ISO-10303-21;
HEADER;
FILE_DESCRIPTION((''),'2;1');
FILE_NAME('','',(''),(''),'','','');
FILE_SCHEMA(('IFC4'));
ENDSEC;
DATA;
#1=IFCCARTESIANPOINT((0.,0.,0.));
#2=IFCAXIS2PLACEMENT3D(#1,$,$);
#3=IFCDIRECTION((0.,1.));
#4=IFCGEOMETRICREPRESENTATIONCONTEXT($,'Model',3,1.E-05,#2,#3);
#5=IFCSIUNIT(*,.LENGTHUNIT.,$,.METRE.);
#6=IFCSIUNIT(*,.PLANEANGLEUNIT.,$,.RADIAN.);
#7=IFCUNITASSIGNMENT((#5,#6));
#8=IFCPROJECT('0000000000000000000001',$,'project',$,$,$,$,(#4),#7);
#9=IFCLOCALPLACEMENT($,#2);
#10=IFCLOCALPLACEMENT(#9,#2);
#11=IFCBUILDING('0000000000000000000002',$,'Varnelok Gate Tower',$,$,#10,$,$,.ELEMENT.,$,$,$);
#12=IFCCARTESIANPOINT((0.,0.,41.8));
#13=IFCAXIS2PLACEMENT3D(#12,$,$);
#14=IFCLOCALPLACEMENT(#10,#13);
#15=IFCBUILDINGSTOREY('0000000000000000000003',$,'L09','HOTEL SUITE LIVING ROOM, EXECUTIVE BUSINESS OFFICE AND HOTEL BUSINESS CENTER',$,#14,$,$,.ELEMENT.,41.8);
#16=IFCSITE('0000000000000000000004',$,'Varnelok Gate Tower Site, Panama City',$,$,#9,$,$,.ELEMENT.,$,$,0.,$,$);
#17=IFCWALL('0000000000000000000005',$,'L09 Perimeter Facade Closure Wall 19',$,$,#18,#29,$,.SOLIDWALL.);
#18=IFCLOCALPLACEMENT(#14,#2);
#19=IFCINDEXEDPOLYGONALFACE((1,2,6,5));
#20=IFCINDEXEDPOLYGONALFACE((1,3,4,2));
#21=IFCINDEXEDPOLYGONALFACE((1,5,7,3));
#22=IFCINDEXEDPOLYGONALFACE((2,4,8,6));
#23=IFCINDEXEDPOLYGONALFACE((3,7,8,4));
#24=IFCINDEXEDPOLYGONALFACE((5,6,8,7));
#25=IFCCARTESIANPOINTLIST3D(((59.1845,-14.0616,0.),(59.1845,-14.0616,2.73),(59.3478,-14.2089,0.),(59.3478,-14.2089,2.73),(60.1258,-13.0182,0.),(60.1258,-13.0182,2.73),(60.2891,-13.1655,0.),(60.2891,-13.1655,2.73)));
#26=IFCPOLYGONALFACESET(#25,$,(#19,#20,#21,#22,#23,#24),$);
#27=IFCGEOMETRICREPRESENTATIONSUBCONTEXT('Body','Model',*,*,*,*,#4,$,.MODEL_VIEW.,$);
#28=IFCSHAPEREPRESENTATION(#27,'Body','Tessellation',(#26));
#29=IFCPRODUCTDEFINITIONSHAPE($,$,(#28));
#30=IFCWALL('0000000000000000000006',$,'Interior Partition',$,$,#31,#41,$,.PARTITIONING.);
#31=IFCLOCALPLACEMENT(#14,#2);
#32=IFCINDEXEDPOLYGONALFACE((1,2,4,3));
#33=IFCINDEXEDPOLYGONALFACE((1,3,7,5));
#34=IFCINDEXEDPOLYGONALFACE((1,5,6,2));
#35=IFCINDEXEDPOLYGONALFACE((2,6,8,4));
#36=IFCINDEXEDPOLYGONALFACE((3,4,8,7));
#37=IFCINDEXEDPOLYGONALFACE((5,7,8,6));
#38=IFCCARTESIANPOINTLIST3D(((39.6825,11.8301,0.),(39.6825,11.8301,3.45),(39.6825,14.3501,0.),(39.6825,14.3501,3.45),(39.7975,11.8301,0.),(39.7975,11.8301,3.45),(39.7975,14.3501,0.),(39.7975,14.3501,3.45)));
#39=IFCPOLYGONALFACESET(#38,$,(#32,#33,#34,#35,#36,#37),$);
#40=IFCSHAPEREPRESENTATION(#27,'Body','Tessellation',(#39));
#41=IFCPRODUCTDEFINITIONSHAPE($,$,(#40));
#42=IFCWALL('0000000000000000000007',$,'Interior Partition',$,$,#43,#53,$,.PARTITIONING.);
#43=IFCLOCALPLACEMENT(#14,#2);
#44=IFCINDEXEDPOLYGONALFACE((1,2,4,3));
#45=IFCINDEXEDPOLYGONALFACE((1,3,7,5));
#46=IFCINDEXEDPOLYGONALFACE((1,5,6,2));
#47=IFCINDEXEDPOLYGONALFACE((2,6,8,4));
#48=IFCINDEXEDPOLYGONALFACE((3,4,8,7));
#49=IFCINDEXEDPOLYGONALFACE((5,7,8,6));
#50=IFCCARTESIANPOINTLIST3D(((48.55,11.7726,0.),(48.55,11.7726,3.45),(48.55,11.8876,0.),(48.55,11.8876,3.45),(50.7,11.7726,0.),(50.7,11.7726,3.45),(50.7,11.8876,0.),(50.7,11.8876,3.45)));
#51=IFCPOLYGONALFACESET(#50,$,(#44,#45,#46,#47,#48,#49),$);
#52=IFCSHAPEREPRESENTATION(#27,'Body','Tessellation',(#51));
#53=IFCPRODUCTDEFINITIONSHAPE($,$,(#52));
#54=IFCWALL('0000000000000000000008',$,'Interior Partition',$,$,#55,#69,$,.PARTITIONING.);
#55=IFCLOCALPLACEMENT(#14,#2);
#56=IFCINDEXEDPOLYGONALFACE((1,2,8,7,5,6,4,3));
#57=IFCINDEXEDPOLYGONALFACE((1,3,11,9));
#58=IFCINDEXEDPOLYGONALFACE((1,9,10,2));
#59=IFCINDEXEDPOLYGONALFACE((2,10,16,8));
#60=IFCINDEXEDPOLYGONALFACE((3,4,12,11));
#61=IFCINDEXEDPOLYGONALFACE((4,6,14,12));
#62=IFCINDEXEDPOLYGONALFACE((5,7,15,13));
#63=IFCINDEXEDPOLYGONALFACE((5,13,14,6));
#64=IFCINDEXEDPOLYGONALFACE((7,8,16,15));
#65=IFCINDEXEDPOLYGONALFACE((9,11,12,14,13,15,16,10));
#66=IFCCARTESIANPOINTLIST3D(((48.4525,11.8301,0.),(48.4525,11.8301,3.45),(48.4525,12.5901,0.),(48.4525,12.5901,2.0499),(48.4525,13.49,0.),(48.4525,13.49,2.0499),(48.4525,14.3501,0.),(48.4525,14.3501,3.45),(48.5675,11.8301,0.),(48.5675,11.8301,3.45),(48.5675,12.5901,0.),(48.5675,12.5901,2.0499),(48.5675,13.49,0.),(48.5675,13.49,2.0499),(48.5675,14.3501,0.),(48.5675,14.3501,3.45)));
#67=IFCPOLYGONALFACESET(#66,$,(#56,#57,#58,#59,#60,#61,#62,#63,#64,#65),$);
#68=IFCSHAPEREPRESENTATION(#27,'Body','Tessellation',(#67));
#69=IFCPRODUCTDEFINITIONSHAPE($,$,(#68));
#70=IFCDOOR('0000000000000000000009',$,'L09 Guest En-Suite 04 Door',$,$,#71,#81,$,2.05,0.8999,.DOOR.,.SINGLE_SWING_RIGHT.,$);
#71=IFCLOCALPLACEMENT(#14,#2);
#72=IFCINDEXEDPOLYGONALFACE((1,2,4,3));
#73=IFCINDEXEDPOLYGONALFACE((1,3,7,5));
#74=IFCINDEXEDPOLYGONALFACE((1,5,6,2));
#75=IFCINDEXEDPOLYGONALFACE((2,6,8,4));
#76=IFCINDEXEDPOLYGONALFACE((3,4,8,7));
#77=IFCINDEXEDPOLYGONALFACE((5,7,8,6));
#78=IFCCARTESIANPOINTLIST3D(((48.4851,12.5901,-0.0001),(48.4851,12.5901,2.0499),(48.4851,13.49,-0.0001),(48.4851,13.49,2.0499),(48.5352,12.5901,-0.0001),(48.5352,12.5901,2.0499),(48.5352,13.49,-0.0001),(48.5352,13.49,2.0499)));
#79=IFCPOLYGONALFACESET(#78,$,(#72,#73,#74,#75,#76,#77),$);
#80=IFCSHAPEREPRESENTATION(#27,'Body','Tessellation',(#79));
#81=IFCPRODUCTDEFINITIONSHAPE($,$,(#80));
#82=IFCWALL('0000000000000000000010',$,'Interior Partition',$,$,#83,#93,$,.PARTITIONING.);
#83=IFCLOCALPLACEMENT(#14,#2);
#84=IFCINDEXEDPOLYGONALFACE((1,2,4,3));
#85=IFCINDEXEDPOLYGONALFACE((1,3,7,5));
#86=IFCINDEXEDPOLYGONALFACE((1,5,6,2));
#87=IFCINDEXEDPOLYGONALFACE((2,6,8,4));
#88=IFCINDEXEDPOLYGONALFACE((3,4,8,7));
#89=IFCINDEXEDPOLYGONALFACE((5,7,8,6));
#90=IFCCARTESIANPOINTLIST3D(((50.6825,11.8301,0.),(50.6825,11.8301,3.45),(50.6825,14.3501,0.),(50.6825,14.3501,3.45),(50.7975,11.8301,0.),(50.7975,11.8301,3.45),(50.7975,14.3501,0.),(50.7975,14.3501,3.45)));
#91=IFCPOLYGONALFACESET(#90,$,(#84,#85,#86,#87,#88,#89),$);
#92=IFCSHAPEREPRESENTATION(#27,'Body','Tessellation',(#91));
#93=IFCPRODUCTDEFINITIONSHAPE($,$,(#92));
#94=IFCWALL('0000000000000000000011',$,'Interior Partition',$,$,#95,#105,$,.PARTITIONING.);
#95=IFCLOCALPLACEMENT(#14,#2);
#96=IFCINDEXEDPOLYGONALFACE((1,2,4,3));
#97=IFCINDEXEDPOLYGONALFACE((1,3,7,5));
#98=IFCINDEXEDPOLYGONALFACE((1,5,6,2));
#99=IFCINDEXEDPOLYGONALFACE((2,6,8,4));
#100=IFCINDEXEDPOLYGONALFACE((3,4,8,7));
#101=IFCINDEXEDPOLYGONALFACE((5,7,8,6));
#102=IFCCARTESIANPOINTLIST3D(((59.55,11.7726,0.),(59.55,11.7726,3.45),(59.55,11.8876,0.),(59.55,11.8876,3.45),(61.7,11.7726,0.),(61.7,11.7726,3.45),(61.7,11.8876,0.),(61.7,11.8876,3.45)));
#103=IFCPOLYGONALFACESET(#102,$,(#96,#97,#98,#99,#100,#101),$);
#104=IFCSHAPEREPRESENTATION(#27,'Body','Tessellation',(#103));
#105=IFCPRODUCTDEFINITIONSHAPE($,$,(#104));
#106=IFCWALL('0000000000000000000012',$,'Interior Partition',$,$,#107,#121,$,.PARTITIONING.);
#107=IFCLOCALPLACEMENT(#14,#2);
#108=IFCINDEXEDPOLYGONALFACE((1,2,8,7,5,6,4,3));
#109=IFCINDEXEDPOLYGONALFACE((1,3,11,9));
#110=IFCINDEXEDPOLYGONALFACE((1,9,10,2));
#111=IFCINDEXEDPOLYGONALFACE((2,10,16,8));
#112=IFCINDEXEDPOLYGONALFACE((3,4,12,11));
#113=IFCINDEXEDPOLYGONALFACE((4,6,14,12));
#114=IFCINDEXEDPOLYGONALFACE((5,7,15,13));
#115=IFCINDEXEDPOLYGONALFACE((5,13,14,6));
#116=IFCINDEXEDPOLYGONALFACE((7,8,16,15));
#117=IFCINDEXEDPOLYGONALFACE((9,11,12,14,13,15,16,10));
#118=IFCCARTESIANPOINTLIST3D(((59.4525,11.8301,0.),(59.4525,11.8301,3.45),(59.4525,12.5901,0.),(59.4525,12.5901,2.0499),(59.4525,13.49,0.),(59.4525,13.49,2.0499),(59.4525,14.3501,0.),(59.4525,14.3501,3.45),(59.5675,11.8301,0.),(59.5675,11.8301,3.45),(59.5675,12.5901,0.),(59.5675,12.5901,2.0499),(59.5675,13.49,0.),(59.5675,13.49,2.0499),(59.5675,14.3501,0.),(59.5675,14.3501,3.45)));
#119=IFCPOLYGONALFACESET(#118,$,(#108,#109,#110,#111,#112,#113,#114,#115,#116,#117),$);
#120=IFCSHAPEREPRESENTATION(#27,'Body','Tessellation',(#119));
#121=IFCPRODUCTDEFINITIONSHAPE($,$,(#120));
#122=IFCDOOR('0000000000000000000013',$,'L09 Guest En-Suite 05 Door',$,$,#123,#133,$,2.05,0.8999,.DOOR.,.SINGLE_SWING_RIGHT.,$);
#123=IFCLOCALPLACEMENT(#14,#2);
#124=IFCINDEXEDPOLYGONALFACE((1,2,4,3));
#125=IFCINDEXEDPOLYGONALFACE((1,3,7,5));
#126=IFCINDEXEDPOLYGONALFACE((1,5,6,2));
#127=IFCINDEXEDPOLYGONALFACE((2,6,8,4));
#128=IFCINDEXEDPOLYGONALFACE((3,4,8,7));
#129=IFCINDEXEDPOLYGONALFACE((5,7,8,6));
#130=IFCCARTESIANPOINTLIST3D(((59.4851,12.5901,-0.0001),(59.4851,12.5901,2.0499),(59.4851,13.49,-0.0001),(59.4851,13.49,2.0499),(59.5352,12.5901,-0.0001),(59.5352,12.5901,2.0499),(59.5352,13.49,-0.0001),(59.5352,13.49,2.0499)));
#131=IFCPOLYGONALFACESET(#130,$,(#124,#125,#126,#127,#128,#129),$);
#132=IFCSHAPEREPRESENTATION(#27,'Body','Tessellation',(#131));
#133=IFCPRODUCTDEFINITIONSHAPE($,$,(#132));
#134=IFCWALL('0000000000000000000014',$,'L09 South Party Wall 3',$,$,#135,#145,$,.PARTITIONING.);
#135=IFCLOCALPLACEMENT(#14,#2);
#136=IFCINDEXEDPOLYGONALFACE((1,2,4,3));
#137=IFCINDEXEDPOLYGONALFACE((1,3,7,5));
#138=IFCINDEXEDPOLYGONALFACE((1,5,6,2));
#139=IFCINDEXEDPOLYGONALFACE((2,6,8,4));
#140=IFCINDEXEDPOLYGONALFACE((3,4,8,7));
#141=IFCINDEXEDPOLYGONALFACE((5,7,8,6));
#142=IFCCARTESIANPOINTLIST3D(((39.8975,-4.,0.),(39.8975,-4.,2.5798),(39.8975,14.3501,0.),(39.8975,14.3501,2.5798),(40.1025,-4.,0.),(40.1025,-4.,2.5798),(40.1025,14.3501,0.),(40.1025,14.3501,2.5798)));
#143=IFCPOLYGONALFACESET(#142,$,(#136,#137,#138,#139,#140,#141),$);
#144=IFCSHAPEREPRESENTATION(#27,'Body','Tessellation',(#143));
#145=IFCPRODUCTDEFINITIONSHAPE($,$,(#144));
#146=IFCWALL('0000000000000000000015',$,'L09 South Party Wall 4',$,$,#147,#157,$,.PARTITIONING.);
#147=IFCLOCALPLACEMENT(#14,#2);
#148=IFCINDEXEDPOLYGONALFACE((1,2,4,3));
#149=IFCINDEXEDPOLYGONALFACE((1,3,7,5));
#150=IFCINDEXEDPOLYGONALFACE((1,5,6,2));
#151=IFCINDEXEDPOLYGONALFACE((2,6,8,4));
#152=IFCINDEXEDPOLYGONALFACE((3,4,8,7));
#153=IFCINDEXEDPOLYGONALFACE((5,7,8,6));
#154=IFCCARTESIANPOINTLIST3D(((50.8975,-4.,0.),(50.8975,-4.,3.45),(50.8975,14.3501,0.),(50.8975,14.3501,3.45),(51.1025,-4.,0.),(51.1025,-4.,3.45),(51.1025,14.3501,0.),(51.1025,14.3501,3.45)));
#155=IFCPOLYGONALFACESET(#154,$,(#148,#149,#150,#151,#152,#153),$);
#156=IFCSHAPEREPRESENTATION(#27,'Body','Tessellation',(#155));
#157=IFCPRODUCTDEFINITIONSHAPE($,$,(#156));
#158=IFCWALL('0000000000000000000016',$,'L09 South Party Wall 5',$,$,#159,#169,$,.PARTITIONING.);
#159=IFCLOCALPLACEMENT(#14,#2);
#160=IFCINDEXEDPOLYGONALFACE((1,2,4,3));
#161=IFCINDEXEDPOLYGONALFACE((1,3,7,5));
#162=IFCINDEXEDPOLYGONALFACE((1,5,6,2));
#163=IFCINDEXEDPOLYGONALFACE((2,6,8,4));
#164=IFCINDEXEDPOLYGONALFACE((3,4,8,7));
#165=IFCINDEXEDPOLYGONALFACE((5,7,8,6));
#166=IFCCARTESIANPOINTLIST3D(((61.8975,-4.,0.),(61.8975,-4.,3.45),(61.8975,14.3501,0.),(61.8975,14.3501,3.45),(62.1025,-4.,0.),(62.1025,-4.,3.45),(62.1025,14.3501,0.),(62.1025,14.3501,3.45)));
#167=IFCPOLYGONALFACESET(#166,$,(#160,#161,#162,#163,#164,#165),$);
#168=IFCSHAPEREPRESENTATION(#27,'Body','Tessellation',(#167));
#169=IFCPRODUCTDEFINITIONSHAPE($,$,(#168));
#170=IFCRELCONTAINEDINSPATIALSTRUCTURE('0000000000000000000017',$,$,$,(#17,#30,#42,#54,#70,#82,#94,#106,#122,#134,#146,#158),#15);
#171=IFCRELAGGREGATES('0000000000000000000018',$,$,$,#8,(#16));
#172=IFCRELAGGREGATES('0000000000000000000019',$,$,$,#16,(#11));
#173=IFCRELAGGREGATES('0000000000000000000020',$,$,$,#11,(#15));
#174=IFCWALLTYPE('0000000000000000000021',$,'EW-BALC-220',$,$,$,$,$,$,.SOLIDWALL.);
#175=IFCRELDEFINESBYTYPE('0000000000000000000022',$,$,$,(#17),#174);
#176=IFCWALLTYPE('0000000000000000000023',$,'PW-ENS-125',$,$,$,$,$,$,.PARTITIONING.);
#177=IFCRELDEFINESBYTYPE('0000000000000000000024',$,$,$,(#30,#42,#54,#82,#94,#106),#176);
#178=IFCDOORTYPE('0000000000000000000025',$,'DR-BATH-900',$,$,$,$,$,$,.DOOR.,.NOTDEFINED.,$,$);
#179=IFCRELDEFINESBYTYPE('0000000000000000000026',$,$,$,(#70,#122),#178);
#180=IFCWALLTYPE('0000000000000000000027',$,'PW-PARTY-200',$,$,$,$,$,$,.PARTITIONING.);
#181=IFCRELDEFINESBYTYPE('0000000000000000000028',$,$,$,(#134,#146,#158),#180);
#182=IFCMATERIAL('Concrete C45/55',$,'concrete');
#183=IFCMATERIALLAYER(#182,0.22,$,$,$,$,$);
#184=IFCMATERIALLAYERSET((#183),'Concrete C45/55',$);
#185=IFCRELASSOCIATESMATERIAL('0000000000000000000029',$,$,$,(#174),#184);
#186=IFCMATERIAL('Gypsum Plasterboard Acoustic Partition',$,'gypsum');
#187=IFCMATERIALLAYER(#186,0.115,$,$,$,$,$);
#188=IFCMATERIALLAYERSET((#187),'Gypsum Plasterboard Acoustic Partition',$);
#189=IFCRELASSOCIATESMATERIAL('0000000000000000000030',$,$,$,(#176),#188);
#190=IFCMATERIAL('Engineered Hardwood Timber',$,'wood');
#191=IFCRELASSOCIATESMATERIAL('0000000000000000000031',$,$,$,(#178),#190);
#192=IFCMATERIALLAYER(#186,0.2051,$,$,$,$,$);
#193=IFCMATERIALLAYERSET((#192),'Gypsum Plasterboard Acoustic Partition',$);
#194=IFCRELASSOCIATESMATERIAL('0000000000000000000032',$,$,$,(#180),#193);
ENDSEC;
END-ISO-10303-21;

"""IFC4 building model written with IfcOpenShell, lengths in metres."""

from ifc_helpers import new_model, si_unit, direction, frame, frame_2d, origin, place, context, subcontext, project, spatial, rectangle, extrude, material, layer, layer_set, type_object, element, fill, save


model = new_model("IFC4")

# Units and contexts
model_context = context("Model", 3, precision=1e-05, world=origin(), true_north=direction((0.0, 1.0)))
body_context = subcontext(model_context, "Body", "Model", "MODEL_VIEW")
ifc_project = project(units=[si_unit("LENGTHUNIT", "METRE"), si_unit("PLANEANGLEUNIT", "RADIAN")], contexts=[model_context])

# Site, building, storey
site_placement = place(None, origin())
site = spatial("IfcSite", under=ifc_project, at=site_placement, Name="Varnelok Gate Tower Site, Panama City", CompositionType="ELEMENT", RefElevation=0.0)
building_placement = place(site_placement, origin())
building = spatial("IfcBuilding", under=site, at=building_placement, Name="Varnelok Gate Tower", CompositionType="ELEMENT")
storey_placement = place(building_placement, frame((0.0, 0.0, 41.8)))
storey = spatial("IfcBuildingStorey", under=building, at=storey_placement, Name="L09", Description="HOTEL SUITE LIVING ROOM, EXECUTIVE BUSINESS OFFICE AND HOTEL BUSINESS CENTER", CompositionType="ELEMENT", Elevation=41.8)

# Walls
ifc_material_1 = material(Name="Concrete C45/55", Category="concrete")
ifc_layer_1 = layer(ifc_material_1, 0.22)
ifc_layer_set_1 = layer_set([ifc_layer_1], Name="Concrete C45/55")
wall_type_1 = type_object("IfcWallType", Name="EW-BALC-220", PredefinedType="SOLIDWALL", material=ifc_layer_set_1)
for number, where, z_axis, x_axis, name in (
    (1, (59.2661, -14.1353, 0.0), (0.0, 0.0, 1.0), (0.669866, 0.742482, 0.0), "L09 Perimeter Facade Closure Wall 19"),
):
    element("IfcWall", number, at=place(storey_placement, frame(where, z_axis=z_axis, x_axis=x_axis)), inside=storey, type_object=wall_type_1, Name=name, PredefinedType="SOLIDWALL", context=body_context, shape_type="SweptSolid", body=[
        extrude(rectangle(XDim=1.4053, YDim=0.22, at=frame_2d((0.7026, 0.0))), origin(), (0.0, 0.0, 1.0), 2.73),
    ])
ifc_material_2 = material(Name="Gypsum Plasterboard Acoustic Partition", Category="gypsum")
ifc_layer_2 = layer(ifc_material_2, 0.115)
ifc_layer_set_2 = layer_set([ifc_layer_2], Name="Gypsum Plasterboard Acoustic Partition")
wall_type_2 = type_object("IfcWallType", Name="PW-ENS-125", PredefinedType="PARTITIONING", material=ifc_layer_set_2)
wall_1_placement = place(storey_placement, frame((39.74, 11.8301, 0.0), z_axis=(0.0, 0.0, 1.0), x_axis=(0.0, 1.0, 0.0)))
element("IfcWall", 2, at=wall_1_placement, inside=storey, type_object=wall_type_2, Name="Interior Partition", PredefinedType="PARTITIONING", context=body_context, shape_type="SweptSolid", body=[
    extrude(rectangle(XDim=2.52, YDim=0.115, at=frame_2d((1.26, 0.0))), origin(), (0.0, 0.0, 1.0), 3.45),
])
wall_2_placement = place(storey_placement, frame((48.55, 11.8301, 0.0), z_axis=(0.0, 0.0, 1.0), x_axis=(1.0, 0.0, 0.0)))
element("IfcWall", 3, at=wall_2_placement, inside=storey, type_object=wall_type_2, Name="Interior Partition", PredefinedType="PARTITIONING", context=body_context, shape_type="SweptSolid", body=[
    extrude(rectangle(XDim=2.1499, YDim=0.115, at=frame_2d((1.075, 0.0))), origin(), (0.0, 0.0, 1.0), 3.45),
])

# Wall, opening, door
wall_3_placement = place(storey_placement, frame((48.51, 11.8301, 0.0), z_axis=(0.0, 0.0, 1.0), x_axis=(0.0, 1.0, 0.0)))
wall_3 = element("IfcWall", 4, at=wall_3_placement, inside=storey, type_object=wall_type_2, Name="Interior Partition", PredefinedType="PARTITIONING", context=body_context, shape_type="SweptSolid", body=[
    extrude(rectangle(XDim=2.52, YDim=0.115, at=frame_2d((1.26, 0.0))), origin(), (0.0, 0.0, 1.0), 3.45),
])
opening_1_placement = place(wall_3_placement, frame((0.76, 0.0, 0.0)))
opening_1 = element("IfcOpeningElement", 5, at=opening_1_placement, cuts=wall_3, PredefinedType="OPENING", context=body_context, shape_type="SweptSolid", body=[
    extrude(rectangle(XDim=0.8999, YDim=2.05, at=frame_2d((0.45, 1.0249))), frame((0.0, 0.0674, 0.0), z_axis=(0.0, -1.0, 0.0), x_axis=(1.0, 0.0, 0.0)), (0.0, 0.0, 1.0), 0.135),
])
ifc_material_3 = material(Name="Engineered Hardwood Timber", Category="wood")
door_type = type_object("IfcDoorType", Name="DR-BATH-900", OperationType="NOTDEFINED", PredefinedType="DOOR", material=ifc_material_3)
door_1_placement = place(opening_1_placement, origin())
door_1 = element("IfcDoor", 6, at=door_1_placement, inside=storey, type_object=door_type, Name="L09 Guest En-Suite 04 Door", OperationType="SINGLE_SWING_RIGHT", OverallHeight=2.05, OverallWidth=0.8999, PredefinedType="DOOR", context=body_context, shape_type="SweptSolid", body=[
    extrude(rectangle(XDim=0.8999, YDim=2.05, at=frame_2d((0.45, 1.0249))), frame((0.0, 0.0249, 0.0), z_axis=(0.0, -1.0, 0.0), x_axis=(1.0, 0.0, 0.0)), (0.0, 0.0, 1.0), 0.05),
])
fill(opening_1, door_1)

# Walls
wall_4_placement = place(storey_placement, frame((50.74, 11.8301, 0.0), z_axis=(0.0, 0.0, 1.0), x_axis=(0.0, 1.0, 0.0)))
element("IfcWall", 7, at=wall_4_placement, inside=storey, type_object=wall_type_2, Name="Interior Partition", PredefinedType="PARTITIONING", context=body_context, shape_type="SweptSolid", body=[
    extrude(rectangle(XDim=2.52, YDim=0.115, at=frame_2d((1.26, 0.0))), origin(), (0.0, 0.0, 1.0), 3.45),
])
wall_5_placement = place(storey_placement, frame((59.55, 11.8301, 0.0), z_axis=(0.0, 0.0, 1.0), x_axis=(1.0, 0.0, 0.0)))
element("IfcWall", 8, at=wall_5_placement, inside=storey, type_object=wall_type_2, Name="Interior Partition", PredefinedType="PARTITIONING", context=body_context, shape_type="SweptSolid", body=[
    extrude(rectangle(XDim=2.1499, YDim=0.115, at=frame_2d((1.075, 0.0))), origin(), (0.0, 0.0, 1.0), 3.45),
])

# Wall, opening, door
wall_6_placement = place(storey_placement, frame((59.51, 11.8301, 0.0), z_axis=(0.0, 0.0, 1.0), x_axis=(0.0, 1.0, 0.0)))
wall_6 = element("IfcWall", 9, at=wall_6_placement, inside=storey, type_object=wall_type_2, Name="Interior Partition", PredefinedType="PARTITIONING", context=body_context, shape_type="SweptSolid", body=[
    extrude(rectangle(XDim=2.52, YDim=0.115, at=frame_2d((1.26, 0.0))), origin(), (0.0, 0.0, 1.0), 3.45),
])
opening_2_placement = place(wall_6_placement, frame((0.76, 0.0, 0.0)))
opening_2 = element("IfcOpeningElement", 10, at=opening_2_placement, cuts=wall_6, PredefinedType="OPENING", context=body_context, shape_type="SweptSolid", body=[
    extrude(rectangle(XDim=0.8999, YDim=2.05, at=frame_2d((0.45, 1.0249))), frame((0.0, 0.0674, 0.0), z_axis=(0.0, -1.0, 0.0), x_axis=(1.0, 0.0, 0.0)), (0.0, 0.0, 1.0), 0.135),
])
door_2_placement = place(opening_2_placement, origin())
door_2 = element("IfcDoor", 11, at=door_2_placement, inside=storey, type_object=door_type, Name="L09 Guest En-Suite 05 Door", OperationType="SINGLE_SWING_RIGHT", OverallHeight=2.05, OverallWidth=0.8999, PredefinedType="DOOR", context=body_context, shape_type="SweptSolid", body=[
    extrude(rectangle(XDim=0.8999, YDim=2.05, at=frame_2d((0.45, 1.0249))), frame((0.0, 0.0249, 0.0), z_axis=(0.0, -1.0, 0.0), x_axis=(1.0, 0.0, 0.0)), (0.0, 0.0, 1.0), 0.05),
])
fill(opening_2, door_2)

# Walls
ifc_layer_3 = layer(ifc_material_2, 0.2051)
ifc_layer_set_3 = layer_set([ifc_layer_3], Name="Gypsum Plasterboard Acoustic Partition")
wall_type_3 = type_object("IfcWallType", Name="PW-PARTY-200", PredefinedType="PARTITIONING", material=ifc_layer_set_3)
wall_7_placement = place(storey_placement, frame((40.0, -4.0, 0.0), z_axis=(0.0, 0.0, 1.0), x_axis=(0.0, 1.0, 0.0)))
element("IfcWall", 12, at=wall_7_placement, inside=storey, type_object=wall_type_3, Name="L09 South Party Wall 3", PredefinedType="PARTITIONING", context=body_context, shape_type="SweptSolid", body=[
    extrude(rectangle(XDim=18.3501, YDim=0.2051, at=frame_2d((9.175, 0.0))), origin(), (0.0, 0.0, 1.0), 2.5798),
])
for number, where, z_axis, x_axis, name in (
    (13, (51.0, -4.0, 0.0), (0.0, 0.0, 1.0), (0.0, 1.0, 0.0), "L09 South Party Wall 4"),
    (14, (62.0, -4.0, 0.0), (0.0, 0.0, 1.0), (0.0, 1.0, 0.0), "L09 South Party Wall 5"),
):
    element("IfcWall", number, at=place(storey_placement, frame(where, z_axis=z_axis, x_axis=x_axis)), inside=storey, type_object=wall_type_3, Name=name, PredefinedType="PARTITIONING", context=body_context, shape_type="SweptSolid", body=[
        extrude(rectangle(XDim=18.3501, YDim=0.2051, at=frame_2d((9.175, 0.0))), origin(), (0.0, 0.0, 1.0), 3.45),
    ])

save(model, "model.ifc")
